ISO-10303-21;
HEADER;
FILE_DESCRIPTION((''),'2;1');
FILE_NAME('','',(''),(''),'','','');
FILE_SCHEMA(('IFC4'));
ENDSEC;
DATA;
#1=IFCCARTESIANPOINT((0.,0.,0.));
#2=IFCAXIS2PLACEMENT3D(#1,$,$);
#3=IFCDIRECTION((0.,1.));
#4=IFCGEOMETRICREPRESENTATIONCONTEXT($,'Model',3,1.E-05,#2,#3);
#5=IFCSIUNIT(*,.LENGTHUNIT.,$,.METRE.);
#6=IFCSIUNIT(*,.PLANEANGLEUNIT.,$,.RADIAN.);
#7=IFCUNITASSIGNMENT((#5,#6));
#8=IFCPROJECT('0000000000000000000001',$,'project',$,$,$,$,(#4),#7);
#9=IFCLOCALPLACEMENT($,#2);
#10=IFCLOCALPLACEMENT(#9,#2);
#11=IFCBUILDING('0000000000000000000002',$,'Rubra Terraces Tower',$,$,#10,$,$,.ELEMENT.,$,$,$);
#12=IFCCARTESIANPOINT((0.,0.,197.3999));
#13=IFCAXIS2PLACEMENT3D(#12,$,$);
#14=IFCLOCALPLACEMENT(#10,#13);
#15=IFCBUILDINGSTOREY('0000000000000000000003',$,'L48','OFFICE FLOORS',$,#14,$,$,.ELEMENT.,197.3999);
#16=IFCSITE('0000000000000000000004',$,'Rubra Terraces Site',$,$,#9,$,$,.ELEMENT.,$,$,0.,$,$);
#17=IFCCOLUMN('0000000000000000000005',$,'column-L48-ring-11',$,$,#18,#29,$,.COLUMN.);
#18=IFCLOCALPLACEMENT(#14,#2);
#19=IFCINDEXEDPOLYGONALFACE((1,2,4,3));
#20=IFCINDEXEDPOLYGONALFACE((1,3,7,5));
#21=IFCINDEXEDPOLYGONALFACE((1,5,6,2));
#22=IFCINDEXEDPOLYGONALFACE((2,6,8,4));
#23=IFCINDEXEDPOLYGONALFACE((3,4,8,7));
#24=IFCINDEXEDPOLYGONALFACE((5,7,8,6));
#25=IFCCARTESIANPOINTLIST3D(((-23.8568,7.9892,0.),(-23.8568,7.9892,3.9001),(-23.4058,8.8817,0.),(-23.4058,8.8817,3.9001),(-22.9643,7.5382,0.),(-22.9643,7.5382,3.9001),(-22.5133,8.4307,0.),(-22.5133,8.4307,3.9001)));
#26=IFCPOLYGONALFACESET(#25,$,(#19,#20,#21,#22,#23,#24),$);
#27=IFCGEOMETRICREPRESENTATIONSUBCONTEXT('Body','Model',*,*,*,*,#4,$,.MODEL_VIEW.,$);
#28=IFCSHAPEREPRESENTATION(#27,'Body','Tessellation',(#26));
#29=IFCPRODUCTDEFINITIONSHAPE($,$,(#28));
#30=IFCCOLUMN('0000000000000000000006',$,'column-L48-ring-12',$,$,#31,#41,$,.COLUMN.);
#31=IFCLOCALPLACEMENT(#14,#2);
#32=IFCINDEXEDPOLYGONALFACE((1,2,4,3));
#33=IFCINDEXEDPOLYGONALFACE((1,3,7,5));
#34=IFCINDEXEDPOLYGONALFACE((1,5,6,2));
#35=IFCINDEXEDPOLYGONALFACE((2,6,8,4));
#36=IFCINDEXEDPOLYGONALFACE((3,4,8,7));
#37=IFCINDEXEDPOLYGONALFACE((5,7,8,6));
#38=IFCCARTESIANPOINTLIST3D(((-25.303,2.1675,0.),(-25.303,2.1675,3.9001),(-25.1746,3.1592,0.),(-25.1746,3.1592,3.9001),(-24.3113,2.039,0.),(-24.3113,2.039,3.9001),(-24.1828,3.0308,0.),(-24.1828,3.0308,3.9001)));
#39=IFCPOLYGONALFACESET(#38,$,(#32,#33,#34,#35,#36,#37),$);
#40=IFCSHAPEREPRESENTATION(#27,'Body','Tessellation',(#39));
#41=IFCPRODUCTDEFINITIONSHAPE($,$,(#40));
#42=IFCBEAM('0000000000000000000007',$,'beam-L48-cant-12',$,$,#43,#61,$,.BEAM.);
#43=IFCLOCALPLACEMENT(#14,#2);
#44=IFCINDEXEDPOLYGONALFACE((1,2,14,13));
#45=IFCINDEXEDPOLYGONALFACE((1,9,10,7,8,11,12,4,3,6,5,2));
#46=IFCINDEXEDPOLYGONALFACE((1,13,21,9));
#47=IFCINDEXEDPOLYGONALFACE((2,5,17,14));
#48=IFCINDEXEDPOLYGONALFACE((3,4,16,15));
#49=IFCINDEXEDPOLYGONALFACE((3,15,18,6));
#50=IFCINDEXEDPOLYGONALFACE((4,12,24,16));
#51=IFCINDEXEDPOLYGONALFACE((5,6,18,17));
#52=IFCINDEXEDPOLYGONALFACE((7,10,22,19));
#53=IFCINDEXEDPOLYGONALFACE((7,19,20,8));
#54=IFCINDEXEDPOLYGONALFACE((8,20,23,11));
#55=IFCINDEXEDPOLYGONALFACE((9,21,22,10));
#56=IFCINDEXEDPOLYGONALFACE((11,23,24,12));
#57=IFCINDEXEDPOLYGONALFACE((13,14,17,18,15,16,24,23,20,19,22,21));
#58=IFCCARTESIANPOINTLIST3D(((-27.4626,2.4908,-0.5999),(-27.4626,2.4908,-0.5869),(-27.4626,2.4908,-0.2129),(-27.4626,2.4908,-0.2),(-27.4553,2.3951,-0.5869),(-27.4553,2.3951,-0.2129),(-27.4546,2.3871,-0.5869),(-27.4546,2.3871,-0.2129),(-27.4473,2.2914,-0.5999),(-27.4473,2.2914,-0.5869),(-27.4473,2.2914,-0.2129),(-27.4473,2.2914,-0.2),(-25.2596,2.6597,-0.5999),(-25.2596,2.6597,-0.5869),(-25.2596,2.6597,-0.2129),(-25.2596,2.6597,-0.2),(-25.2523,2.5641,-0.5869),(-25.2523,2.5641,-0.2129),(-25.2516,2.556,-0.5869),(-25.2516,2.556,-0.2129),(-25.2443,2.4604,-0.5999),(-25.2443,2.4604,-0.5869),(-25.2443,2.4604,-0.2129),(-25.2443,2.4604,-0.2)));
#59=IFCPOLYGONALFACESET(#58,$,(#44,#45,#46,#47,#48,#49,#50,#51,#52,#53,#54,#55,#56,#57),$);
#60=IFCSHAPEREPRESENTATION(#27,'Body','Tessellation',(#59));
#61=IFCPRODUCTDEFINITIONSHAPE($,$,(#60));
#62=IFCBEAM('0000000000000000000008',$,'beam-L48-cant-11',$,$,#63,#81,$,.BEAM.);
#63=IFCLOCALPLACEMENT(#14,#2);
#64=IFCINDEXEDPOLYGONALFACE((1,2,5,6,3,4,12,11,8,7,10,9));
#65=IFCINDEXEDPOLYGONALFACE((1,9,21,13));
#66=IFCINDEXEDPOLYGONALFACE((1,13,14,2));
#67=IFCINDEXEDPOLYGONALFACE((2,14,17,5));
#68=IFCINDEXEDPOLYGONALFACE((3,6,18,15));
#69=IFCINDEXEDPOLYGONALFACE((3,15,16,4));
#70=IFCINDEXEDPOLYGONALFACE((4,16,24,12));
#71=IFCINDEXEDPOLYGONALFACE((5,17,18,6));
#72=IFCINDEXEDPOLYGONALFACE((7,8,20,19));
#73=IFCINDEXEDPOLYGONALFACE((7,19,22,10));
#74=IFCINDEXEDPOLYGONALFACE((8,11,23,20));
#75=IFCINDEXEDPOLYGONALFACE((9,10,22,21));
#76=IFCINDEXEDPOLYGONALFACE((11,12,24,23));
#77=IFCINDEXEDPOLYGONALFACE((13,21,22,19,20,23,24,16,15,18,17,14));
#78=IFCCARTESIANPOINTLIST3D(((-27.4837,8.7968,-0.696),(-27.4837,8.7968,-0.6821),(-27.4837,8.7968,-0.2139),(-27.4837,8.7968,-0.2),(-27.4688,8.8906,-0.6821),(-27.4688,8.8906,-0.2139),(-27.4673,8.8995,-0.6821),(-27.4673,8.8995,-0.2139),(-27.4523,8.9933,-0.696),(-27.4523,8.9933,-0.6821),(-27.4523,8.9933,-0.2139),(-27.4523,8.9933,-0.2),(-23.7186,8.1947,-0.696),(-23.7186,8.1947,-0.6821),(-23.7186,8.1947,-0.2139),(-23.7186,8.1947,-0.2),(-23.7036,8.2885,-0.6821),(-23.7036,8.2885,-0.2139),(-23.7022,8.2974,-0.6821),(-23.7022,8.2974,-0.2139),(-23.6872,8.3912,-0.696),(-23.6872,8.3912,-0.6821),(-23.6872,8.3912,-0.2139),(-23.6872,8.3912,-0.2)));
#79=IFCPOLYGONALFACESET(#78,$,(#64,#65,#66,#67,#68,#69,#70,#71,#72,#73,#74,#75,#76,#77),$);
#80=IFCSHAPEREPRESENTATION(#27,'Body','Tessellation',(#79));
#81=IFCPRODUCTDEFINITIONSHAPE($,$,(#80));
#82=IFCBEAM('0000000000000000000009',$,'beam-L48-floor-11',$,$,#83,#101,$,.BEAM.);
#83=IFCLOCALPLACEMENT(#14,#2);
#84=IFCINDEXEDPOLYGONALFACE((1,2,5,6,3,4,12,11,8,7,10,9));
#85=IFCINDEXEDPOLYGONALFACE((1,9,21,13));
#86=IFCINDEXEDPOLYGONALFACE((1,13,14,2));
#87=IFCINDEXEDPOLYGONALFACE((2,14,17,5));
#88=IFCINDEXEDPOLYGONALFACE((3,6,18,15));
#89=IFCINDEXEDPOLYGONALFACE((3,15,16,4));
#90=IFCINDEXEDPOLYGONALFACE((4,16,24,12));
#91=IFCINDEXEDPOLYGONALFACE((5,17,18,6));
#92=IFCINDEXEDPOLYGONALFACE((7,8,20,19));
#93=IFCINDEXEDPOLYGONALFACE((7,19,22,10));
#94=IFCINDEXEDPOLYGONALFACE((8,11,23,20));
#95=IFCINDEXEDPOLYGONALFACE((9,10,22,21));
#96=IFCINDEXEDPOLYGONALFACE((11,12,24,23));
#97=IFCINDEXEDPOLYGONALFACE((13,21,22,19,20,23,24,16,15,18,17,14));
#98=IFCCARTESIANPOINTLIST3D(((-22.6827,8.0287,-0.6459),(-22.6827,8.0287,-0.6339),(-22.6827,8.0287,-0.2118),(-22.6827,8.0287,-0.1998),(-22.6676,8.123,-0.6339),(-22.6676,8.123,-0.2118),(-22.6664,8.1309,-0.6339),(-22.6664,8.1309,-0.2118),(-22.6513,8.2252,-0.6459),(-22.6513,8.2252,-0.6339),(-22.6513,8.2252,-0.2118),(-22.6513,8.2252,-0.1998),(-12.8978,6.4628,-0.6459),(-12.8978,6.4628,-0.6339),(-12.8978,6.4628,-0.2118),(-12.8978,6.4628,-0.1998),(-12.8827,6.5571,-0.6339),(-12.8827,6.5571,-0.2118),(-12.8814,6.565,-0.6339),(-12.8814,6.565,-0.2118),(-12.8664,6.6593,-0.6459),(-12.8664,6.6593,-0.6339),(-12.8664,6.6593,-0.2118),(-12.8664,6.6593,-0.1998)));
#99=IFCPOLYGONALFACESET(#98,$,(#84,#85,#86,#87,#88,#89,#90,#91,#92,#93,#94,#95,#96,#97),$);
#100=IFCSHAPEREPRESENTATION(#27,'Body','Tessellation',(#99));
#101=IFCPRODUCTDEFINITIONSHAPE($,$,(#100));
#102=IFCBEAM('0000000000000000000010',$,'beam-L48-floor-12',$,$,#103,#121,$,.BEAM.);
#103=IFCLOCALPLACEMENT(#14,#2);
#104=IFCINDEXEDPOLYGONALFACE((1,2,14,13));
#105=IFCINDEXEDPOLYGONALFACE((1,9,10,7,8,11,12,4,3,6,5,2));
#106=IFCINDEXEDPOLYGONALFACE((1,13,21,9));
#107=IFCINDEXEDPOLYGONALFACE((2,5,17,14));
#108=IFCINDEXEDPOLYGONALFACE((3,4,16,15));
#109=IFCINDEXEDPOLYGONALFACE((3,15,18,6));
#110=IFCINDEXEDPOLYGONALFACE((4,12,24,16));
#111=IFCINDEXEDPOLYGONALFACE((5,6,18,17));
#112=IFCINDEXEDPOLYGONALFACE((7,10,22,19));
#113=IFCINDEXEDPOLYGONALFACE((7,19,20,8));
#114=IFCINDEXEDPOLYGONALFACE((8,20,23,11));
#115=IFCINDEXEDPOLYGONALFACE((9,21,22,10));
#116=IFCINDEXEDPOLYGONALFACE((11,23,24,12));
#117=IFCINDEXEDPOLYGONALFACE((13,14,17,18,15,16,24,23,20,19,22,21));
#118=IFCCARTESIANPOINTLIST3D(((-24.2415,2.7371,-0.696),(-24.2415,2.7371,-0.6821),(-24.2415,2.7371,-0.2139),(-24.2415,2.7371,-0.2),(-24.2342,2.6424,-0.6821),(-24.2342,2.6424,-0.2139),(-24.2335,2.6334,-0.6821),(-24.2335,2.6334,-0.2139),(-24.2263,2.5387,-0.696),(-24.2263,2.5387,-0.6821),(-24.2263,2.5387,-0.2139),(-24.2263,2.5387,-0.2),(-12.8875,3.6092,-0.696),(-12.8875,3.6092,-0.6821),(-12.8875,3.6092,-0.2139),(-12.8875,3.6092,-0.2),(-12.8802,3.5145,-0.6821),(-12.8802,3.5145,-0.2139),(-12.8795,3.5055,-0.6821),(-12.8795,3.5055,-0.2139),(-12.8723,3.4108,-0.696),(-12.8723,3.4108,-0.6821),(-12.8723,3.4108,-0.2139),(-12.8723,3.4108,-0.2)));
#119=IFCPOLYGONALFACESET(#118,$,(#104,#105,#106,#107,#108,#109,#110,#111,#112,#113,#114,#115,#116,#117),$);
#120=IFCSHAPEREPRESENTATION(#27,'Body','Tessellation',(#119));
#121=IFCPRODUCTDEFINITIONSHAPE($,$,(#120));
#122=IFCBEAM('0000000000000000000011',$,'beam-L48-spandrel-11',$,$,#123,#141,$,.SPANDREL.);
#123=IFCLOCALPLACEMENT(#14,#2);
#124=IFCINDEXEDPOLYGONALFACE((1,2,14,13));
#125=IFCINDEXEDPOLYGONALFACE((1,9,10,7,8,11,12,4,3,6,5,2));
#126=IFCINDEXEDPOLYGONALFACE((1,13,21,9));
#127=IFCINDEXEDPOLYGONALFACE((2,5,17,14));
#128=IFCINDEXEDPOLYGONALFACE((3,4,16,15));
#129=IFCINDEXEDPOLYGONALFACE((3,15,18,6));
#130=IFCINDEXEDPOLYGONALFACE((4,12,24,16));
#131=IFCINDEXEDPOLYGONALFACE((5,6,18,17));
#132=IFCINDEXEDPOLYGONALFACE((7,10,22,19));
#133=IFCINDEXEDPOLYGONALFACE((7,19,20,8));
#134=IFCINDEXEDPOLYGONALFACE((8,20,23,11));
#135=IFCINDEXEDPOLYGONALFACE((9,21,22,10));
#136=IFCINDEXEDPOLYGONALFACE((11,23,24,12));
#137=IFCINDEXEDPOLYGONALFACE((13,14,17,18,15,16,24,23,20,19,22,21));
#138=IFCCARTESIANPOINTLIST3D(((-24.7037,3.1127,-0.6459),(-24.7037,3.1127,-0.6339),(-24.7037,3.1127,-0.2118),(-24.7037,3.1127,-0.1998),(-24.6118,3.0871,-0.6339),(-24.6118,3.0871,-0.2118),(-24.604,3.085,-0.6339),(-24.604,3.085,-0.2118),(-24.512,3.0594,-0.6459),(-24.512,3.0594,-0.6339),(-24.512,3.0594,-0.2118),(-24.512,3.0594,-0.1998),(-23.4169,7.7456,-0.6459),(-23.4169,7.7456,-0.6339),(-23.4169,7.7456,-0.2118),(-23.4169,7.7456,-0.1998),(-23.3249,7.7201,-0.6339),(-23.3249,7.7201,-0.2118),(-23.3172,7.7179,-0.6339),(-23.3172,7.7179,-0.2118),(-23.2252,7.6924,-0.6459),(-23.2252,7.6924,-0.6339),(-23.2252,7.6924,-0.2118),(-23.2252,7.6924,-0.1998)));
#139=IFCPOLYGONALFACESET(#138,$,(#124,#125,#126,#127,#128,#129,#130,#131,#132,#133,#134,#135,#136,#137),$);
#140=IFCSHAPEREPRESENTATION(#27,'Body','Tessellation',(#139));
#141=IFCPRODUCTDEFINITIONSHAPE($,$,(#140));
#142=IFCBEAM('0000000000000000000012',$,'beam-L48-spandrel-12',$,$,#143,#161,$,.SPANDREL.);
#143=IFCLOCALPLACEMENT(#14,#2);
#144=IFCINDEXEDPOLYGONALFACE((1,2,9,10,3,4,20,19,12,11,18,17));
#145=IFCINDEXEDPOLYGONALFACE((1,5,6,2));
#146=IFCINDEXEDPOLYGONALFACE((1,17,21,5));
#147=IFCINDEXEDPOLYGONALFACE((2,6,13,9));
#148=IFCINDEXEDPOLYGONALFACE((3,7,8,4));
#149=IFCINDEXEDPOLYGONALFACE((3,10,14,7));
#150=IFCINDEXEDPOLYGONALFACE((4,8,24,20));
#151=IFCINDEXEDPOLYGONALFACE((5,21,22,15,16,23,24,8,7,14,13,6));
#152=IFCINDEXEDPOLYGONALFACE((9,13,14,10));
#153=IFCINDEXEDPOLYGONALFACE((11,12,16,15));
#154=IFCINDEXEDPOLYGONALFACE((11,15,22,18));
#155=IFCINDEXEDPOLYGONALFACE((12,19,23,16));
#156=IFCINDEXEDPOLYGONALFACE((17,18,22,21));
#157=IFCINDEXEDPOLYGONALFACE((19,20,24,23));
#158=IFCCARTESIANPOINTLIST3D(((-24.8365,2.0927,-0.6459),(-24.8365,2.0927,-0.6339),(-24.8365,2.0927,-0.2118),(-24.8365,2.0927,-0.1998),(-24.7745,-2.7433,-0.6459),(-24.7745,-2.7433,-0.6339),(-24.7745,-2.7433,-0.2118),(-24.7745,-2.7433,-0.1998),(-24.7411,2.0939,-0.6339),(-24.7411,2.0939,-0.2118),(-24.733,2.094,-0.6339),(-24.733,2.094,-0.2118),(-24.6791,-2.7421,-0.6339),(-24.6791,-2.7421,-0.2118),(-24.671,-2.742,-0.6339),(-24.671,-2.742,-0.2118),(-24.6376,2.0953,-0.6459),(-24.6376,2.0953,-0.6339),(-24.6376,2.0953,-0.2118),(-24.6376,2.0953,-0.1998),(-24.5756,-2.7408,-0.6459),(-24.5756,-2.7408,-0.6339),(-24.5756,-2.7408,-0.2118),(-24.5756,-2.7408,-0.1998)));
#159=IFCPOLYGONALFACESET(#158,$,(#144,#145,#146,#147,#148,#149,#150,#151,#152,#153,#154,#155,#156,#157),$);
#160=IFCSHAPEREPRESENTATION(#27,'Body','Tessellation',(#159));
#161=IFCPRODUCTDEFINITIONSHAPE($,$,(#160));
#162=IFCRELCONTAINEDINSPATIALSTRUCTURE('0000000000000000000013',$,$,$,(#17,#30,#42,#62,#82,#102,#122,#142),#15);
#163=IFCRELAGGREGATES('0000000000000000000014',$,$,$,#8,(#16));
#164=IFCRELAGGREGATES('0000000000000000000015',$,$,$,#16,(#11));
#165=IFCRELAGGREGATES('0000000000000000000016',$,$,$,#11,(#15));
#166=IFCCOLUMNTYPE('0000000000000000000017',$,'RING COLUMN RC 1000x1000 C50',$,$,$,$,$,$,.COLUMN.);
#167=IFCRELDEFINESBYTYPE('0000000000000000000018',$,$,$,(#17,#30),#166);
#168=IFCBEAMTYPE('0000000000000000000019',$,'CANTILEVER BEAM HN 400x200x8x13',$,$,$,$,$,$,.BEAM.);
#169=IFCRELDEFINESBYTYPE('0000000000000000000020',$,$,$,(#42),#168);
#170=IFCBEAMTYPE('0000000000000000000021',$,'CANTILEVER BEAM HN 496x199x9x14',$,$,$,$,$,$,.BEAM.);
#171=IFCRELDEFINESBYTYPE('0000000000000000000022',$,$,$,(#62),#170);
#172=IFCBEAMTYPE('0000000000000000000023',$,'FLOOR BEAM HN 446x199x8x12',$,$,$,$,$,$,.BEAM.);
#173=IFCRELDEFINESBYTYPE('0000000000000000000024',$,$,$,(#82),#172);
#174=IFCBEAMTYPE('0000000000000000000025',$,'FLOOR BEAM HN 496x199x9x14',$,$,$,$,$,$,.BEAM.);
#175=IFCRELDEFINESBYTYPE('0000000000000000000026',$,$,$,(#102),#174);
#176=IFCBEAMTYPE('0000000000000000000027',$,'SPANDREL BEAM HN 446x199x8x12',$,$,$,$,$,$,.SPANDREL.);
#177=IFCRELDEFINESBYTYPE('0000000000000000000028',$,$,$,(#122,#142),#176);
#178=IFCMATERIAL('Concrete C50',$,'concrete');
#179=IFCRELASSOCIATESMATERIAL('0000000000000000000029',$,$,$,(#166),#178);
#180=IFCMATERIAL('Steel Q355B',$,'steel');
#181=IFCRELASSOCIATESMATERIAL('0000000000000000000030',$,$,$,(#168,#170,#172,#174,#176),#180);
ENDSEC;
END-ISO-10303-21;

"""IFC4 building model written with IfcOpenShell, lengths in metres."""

from ifc_helpers import new_model, si_unit, direction, frame, origin, origin_2d, place, context, subcontext, project, spatial, rectangle, i_section, extrude, material, material_profile, profile_set, type_object, element, save


model = new_model("IFC4")

# Units and contexts
model_context = context("Model", 3, precision=1e-05, world=origin(), true_north=direction((0.0, 1.0)))
body_context = subcontext(model_context, "Body", "Model", "MODEL_VIEW")
ifc_project = project(units=[si_unit("LENGTHUNIT", "METRE"), si_unit("PLANEANGLEUNIT", "RADIAN")], contexts=[model_context])

# Site, building, storey
site_placement = place(None, origin())
site = spatial("IfcSite", under=ifc_project, at=site_placement, Name="Rubra Terraces Site", CompositionType="ELEMENT", RefElevation=0.0)
building_placement = place(site_placement, origin())
building = spatial("IfcBuilding", under=site, at=building_placement, Name="Rubra Terraces Tower", CompositionType="ELEMENT")
storey_placement = place(building_placement, frame((0.0, 0.0, 197.3999)))
storey = spatial("IfcBuildingStorey", under=building, at=storey_placement, Name="L48", Description="OFFICE FLOORS", CompositionType="ELEMENT", Elevation=197.3999)

# Columns
ifc_material_1 = material(Name="Concrete C50", Category="concrete")
ifc_material_profile_1 = material_profile(ifc_material_1, rectangle(XDim=1.0, YDim=1.0, at=origin_2d()), Name="RC 1000x1000")
ifc_profile_set_1 = profile_set([ifc_material_profile_1], Name="Concrete C50")
column_type = type_object("IfcColumnType", Name="RING COLUMN RC 1000x1000 C50", PredefinedType="COLUMN", material=ifc_profile_set_1)
for number, where, z_axis, x_axis, name in (
    (1, (-23.1851, 8.21, 0.0), (0.0, 0.0, 1.0), (-0.451028, -0.89251, 0.0), "column-L48-ring-11"),
    (2, (-24.7429, 2.5991, 0.0), (0.0, 0.0, 1.0), (-0.128444, -0.991717, 0.0), "column-L48-ring-12"),
):
    element("IfcColumn", number, at=place(storey_placement, frame(where, z_axis=z_axis, x_axis=x_axis)), inside=storey, type_object=column_type, Name=name, PredefinedType="COLUMN", context=body_context, shape_type="SweptSolid", body=[
        extrude(rectangle(XDim=1.0, YDim=1.0, at=origin_2d()), origin(), (0.0, 0.0, 1.0), 3.9001),
    ])

# Beams
ifc_material_2 = material(Name="Steel Q355B", Category="steel")
ifc_material_profile_2 = material_profile(ifc_material_2, i_section(OverallWidth=0.2, OverallDepth=0.3999, WebThickness=0.0081, FlangeThickness=0.0129, at=origin_2d()), Name="HN 400x200x8x13")
ifc_profile_set_2 = profile_set([ifc_material_profile_2], Name="Steel Q355B")
beam_type_1 = type_object("IfcBeamType", Name="CANTILEVER BEAM HN 400x200x8x13", PredefinedType="BEAM", material=ifc_profile_set_2)
beam_1_placement = place(storey_placement, frame((-25.252, 2.5601, -0.3999), z_axis=(-0.997073, -0.07646, 0.0), x_axis=(0.07646, -0.997073, 0.0)))
element("IfcBeam", 3, at=beam_1_placement, inside=storey, type_object=beam_type_1, Name="beam-L48-cant-12", PredefinedType="BEAM", context=body_context, shape_type="SweptSolid", body=[
    extrude(i_section(OverallWidth=0.2, OverallDepth=0.3999, WebThickness=0.0081, FlangeThickness=0.0129, at=origin_2d()), origin(), (0.0, 0.0, 1.0), 2.2095),
])
ifc_material_profile_3 = material_profile(ifc_material_2, i_section(OverallWidth=0.199, OverallDepth=0.4961, WebThickness=0.009, FlangeThickness=0.0139, at=origin_2d()), Name="HN 496x199x9x14")
ifc_profile_set_3 = profile_set([ifc_material_profile_3], Name="Steel Q355B")
beam_type_2 = type_object("IfcBeamType", Name="CANTILEVER BEAM HN 496x199x9x14", PredefinedType="BEAM", material=ifc_profile_set_3)
beam_2_placement = place(storey_placement, frame((-23.7029, 8.293, -0.448), z_axis=(-0.987456, 0.157896, 0.0), x_axis=(-0.157896, -0.987456, 0.0)))
element("IfcBeam", 4, at=beam_2_placement, inside=storey, type_object=beam_type_2, Name="beam-L48-cant-11", PredefinedType="BEAM", context=body_context, shape_type="SweptSolid", body=[
    extrude(i_section(OverallWidth=0.199, OverallDepth=0.4961, WebThickness=0.009, FlangeThickness=0.0139, at=origin_2d()), origin(), (0.0, 0.0, 1.0), 3.813),
])
ifc_material_profile_4 = material_profile(ifc_material_2, i_section(OverallWidth=0.199, OverallDepth=0.446, WebThickness=0.0081, FlangeThickness=0.012, at=origin_2d()), Name="HN 446x199x8x12")
ifc_profile_set_4 = profile_set([ifc_material_profile_4], Name="Steel Q355B")
beam_type_3 = type_object("IfcBeamType", Name="FLOOR BEAM HN 446x199x8x12", PredefinedType="BEAM", material=ifc_profile_set_4)
beam_3_placement = place(storey_placement, frame((-22.667, 8.127, -0.4229), z_axis=(0.987435, -0.158023, 0.0), x_axis=(0.158023, 0.987435, 0.0)))
element("IfcBeam", 5, at=beam_3_placement, inside=storey, type_object=beam_type_3, Name="beam-L48-floor-11", PredefinedType="BEAM", context=body_context, shape_type="SweptSolid", body=[
    extrude(i_section(OverallWidth=0.199, OverallDepth=0.446, WebThickness=0.0081, FlangeThickness=0.012, at=origin_2d()), origin(), (0.0, 0.0, 1.0), 9.9094),
])
ifc_material_profile_5 = material_profile(ifc_material_2, i_section(OverallWidth=0.199, OverallDepth=0.4961, WebThickness=0.009, FlangeThickness=0.0139, at=origin_2d()), Name="HN 496x199x9x14")
ifc_profile_set_5 = profile_set([ifc_material_profile_5], Name="Steel Q355B")
beam_type_4 = type_object("IfcBeamType", Name="FLOOR BEAM HN 496x199x9x14", PredefinedType="BEAM", material=ifc_profile_set_5)
beam_4_placement = place(storey_placement, frame((-24.2339, 2.6379, -0.448), z_axis=(0.997063, 0.076582, 0.0), x_axis=(-0.076582, 0.997063, 0.0)))
element("IfcBeam", 6, at=beam_4_placement, inside=storey, type_object=beam_type_4, Name="beam-L48-floor-12", PredefinedType="BEAM", context=body_context, shape_type="SweptSolid", body=[
    extrude(i_section(OverallWidth=0.199, OverallDepth=0.4961, WebThickness=0.009, FlangeThickness=0.0139, at=origin_2d()), origin(), (0.0, 0.0, 1.0), 11.3875),
])
ifc_material_profile_6 = material_profile(ifc_material_2, i_section(OverallWidth=0.199, OverallDepth=0.446, WebThickness=0.0081, FlangeThickness=0.012, at=origin_2d()), Name="HN 446x199x8x12")
ifc_profile_set_6 = profile_set([ifc_material_profile_6], Name="Steel Q355B")
beam_type_5 = type_object("IfcBeamType", Name="SPANDREL BEAM HN 446x199x8x12", PredefinedType="SPANDREL", material=ifc_profile_set_6)
beam_5_placement = place(storey_placement, frame((-23.321, 7.719, -0.4229), z_axis=(-0.267626, -0.963523, 0.0), x_axis=(0.963523, -0.267626, 0.0)))
element("IfcBeam", 7, at=beam_5_placement, inside=storey, type_object=beam_type_5, Name="beam-L48-spandrel-11", PredefinedType="SPANDREL", context=body_context, shape_type="SweptSolid", body=[
    extrude(i_section(OverallWidth=0.199, OverallDepth=0.446, WebThickness=0.0081, FlangeThickness=0.012, at=origin_2d()), origin(), (0.0, 0.0, 1.0), 4.8083),
])
beam_6_placement = place(storey_placement, frame((-24.7371, 2.094, -0.4229), z_axis=(0.012822, -0.999918, 0.0), x_axis=(0.999918, 0.012822, 0.0)))
element("IfcBeam", 8, at=beam_6_placement, inside=storey, type_object=beam_type_5, Name="beam-L48-spandrel-12", PredefinedType="SPANDREL", context=body_context, shape_type="SweptSolid", body=[
    extrude(i_section(OverallWidth=0.199, OverallDepth=0.446, WebThickness=0.0081, FlangeThickness=0.012, at=origin_2d()), origin(), (0.0, 0.0, 1.0), 4.8364),
])

save(model, "model.ifc")
